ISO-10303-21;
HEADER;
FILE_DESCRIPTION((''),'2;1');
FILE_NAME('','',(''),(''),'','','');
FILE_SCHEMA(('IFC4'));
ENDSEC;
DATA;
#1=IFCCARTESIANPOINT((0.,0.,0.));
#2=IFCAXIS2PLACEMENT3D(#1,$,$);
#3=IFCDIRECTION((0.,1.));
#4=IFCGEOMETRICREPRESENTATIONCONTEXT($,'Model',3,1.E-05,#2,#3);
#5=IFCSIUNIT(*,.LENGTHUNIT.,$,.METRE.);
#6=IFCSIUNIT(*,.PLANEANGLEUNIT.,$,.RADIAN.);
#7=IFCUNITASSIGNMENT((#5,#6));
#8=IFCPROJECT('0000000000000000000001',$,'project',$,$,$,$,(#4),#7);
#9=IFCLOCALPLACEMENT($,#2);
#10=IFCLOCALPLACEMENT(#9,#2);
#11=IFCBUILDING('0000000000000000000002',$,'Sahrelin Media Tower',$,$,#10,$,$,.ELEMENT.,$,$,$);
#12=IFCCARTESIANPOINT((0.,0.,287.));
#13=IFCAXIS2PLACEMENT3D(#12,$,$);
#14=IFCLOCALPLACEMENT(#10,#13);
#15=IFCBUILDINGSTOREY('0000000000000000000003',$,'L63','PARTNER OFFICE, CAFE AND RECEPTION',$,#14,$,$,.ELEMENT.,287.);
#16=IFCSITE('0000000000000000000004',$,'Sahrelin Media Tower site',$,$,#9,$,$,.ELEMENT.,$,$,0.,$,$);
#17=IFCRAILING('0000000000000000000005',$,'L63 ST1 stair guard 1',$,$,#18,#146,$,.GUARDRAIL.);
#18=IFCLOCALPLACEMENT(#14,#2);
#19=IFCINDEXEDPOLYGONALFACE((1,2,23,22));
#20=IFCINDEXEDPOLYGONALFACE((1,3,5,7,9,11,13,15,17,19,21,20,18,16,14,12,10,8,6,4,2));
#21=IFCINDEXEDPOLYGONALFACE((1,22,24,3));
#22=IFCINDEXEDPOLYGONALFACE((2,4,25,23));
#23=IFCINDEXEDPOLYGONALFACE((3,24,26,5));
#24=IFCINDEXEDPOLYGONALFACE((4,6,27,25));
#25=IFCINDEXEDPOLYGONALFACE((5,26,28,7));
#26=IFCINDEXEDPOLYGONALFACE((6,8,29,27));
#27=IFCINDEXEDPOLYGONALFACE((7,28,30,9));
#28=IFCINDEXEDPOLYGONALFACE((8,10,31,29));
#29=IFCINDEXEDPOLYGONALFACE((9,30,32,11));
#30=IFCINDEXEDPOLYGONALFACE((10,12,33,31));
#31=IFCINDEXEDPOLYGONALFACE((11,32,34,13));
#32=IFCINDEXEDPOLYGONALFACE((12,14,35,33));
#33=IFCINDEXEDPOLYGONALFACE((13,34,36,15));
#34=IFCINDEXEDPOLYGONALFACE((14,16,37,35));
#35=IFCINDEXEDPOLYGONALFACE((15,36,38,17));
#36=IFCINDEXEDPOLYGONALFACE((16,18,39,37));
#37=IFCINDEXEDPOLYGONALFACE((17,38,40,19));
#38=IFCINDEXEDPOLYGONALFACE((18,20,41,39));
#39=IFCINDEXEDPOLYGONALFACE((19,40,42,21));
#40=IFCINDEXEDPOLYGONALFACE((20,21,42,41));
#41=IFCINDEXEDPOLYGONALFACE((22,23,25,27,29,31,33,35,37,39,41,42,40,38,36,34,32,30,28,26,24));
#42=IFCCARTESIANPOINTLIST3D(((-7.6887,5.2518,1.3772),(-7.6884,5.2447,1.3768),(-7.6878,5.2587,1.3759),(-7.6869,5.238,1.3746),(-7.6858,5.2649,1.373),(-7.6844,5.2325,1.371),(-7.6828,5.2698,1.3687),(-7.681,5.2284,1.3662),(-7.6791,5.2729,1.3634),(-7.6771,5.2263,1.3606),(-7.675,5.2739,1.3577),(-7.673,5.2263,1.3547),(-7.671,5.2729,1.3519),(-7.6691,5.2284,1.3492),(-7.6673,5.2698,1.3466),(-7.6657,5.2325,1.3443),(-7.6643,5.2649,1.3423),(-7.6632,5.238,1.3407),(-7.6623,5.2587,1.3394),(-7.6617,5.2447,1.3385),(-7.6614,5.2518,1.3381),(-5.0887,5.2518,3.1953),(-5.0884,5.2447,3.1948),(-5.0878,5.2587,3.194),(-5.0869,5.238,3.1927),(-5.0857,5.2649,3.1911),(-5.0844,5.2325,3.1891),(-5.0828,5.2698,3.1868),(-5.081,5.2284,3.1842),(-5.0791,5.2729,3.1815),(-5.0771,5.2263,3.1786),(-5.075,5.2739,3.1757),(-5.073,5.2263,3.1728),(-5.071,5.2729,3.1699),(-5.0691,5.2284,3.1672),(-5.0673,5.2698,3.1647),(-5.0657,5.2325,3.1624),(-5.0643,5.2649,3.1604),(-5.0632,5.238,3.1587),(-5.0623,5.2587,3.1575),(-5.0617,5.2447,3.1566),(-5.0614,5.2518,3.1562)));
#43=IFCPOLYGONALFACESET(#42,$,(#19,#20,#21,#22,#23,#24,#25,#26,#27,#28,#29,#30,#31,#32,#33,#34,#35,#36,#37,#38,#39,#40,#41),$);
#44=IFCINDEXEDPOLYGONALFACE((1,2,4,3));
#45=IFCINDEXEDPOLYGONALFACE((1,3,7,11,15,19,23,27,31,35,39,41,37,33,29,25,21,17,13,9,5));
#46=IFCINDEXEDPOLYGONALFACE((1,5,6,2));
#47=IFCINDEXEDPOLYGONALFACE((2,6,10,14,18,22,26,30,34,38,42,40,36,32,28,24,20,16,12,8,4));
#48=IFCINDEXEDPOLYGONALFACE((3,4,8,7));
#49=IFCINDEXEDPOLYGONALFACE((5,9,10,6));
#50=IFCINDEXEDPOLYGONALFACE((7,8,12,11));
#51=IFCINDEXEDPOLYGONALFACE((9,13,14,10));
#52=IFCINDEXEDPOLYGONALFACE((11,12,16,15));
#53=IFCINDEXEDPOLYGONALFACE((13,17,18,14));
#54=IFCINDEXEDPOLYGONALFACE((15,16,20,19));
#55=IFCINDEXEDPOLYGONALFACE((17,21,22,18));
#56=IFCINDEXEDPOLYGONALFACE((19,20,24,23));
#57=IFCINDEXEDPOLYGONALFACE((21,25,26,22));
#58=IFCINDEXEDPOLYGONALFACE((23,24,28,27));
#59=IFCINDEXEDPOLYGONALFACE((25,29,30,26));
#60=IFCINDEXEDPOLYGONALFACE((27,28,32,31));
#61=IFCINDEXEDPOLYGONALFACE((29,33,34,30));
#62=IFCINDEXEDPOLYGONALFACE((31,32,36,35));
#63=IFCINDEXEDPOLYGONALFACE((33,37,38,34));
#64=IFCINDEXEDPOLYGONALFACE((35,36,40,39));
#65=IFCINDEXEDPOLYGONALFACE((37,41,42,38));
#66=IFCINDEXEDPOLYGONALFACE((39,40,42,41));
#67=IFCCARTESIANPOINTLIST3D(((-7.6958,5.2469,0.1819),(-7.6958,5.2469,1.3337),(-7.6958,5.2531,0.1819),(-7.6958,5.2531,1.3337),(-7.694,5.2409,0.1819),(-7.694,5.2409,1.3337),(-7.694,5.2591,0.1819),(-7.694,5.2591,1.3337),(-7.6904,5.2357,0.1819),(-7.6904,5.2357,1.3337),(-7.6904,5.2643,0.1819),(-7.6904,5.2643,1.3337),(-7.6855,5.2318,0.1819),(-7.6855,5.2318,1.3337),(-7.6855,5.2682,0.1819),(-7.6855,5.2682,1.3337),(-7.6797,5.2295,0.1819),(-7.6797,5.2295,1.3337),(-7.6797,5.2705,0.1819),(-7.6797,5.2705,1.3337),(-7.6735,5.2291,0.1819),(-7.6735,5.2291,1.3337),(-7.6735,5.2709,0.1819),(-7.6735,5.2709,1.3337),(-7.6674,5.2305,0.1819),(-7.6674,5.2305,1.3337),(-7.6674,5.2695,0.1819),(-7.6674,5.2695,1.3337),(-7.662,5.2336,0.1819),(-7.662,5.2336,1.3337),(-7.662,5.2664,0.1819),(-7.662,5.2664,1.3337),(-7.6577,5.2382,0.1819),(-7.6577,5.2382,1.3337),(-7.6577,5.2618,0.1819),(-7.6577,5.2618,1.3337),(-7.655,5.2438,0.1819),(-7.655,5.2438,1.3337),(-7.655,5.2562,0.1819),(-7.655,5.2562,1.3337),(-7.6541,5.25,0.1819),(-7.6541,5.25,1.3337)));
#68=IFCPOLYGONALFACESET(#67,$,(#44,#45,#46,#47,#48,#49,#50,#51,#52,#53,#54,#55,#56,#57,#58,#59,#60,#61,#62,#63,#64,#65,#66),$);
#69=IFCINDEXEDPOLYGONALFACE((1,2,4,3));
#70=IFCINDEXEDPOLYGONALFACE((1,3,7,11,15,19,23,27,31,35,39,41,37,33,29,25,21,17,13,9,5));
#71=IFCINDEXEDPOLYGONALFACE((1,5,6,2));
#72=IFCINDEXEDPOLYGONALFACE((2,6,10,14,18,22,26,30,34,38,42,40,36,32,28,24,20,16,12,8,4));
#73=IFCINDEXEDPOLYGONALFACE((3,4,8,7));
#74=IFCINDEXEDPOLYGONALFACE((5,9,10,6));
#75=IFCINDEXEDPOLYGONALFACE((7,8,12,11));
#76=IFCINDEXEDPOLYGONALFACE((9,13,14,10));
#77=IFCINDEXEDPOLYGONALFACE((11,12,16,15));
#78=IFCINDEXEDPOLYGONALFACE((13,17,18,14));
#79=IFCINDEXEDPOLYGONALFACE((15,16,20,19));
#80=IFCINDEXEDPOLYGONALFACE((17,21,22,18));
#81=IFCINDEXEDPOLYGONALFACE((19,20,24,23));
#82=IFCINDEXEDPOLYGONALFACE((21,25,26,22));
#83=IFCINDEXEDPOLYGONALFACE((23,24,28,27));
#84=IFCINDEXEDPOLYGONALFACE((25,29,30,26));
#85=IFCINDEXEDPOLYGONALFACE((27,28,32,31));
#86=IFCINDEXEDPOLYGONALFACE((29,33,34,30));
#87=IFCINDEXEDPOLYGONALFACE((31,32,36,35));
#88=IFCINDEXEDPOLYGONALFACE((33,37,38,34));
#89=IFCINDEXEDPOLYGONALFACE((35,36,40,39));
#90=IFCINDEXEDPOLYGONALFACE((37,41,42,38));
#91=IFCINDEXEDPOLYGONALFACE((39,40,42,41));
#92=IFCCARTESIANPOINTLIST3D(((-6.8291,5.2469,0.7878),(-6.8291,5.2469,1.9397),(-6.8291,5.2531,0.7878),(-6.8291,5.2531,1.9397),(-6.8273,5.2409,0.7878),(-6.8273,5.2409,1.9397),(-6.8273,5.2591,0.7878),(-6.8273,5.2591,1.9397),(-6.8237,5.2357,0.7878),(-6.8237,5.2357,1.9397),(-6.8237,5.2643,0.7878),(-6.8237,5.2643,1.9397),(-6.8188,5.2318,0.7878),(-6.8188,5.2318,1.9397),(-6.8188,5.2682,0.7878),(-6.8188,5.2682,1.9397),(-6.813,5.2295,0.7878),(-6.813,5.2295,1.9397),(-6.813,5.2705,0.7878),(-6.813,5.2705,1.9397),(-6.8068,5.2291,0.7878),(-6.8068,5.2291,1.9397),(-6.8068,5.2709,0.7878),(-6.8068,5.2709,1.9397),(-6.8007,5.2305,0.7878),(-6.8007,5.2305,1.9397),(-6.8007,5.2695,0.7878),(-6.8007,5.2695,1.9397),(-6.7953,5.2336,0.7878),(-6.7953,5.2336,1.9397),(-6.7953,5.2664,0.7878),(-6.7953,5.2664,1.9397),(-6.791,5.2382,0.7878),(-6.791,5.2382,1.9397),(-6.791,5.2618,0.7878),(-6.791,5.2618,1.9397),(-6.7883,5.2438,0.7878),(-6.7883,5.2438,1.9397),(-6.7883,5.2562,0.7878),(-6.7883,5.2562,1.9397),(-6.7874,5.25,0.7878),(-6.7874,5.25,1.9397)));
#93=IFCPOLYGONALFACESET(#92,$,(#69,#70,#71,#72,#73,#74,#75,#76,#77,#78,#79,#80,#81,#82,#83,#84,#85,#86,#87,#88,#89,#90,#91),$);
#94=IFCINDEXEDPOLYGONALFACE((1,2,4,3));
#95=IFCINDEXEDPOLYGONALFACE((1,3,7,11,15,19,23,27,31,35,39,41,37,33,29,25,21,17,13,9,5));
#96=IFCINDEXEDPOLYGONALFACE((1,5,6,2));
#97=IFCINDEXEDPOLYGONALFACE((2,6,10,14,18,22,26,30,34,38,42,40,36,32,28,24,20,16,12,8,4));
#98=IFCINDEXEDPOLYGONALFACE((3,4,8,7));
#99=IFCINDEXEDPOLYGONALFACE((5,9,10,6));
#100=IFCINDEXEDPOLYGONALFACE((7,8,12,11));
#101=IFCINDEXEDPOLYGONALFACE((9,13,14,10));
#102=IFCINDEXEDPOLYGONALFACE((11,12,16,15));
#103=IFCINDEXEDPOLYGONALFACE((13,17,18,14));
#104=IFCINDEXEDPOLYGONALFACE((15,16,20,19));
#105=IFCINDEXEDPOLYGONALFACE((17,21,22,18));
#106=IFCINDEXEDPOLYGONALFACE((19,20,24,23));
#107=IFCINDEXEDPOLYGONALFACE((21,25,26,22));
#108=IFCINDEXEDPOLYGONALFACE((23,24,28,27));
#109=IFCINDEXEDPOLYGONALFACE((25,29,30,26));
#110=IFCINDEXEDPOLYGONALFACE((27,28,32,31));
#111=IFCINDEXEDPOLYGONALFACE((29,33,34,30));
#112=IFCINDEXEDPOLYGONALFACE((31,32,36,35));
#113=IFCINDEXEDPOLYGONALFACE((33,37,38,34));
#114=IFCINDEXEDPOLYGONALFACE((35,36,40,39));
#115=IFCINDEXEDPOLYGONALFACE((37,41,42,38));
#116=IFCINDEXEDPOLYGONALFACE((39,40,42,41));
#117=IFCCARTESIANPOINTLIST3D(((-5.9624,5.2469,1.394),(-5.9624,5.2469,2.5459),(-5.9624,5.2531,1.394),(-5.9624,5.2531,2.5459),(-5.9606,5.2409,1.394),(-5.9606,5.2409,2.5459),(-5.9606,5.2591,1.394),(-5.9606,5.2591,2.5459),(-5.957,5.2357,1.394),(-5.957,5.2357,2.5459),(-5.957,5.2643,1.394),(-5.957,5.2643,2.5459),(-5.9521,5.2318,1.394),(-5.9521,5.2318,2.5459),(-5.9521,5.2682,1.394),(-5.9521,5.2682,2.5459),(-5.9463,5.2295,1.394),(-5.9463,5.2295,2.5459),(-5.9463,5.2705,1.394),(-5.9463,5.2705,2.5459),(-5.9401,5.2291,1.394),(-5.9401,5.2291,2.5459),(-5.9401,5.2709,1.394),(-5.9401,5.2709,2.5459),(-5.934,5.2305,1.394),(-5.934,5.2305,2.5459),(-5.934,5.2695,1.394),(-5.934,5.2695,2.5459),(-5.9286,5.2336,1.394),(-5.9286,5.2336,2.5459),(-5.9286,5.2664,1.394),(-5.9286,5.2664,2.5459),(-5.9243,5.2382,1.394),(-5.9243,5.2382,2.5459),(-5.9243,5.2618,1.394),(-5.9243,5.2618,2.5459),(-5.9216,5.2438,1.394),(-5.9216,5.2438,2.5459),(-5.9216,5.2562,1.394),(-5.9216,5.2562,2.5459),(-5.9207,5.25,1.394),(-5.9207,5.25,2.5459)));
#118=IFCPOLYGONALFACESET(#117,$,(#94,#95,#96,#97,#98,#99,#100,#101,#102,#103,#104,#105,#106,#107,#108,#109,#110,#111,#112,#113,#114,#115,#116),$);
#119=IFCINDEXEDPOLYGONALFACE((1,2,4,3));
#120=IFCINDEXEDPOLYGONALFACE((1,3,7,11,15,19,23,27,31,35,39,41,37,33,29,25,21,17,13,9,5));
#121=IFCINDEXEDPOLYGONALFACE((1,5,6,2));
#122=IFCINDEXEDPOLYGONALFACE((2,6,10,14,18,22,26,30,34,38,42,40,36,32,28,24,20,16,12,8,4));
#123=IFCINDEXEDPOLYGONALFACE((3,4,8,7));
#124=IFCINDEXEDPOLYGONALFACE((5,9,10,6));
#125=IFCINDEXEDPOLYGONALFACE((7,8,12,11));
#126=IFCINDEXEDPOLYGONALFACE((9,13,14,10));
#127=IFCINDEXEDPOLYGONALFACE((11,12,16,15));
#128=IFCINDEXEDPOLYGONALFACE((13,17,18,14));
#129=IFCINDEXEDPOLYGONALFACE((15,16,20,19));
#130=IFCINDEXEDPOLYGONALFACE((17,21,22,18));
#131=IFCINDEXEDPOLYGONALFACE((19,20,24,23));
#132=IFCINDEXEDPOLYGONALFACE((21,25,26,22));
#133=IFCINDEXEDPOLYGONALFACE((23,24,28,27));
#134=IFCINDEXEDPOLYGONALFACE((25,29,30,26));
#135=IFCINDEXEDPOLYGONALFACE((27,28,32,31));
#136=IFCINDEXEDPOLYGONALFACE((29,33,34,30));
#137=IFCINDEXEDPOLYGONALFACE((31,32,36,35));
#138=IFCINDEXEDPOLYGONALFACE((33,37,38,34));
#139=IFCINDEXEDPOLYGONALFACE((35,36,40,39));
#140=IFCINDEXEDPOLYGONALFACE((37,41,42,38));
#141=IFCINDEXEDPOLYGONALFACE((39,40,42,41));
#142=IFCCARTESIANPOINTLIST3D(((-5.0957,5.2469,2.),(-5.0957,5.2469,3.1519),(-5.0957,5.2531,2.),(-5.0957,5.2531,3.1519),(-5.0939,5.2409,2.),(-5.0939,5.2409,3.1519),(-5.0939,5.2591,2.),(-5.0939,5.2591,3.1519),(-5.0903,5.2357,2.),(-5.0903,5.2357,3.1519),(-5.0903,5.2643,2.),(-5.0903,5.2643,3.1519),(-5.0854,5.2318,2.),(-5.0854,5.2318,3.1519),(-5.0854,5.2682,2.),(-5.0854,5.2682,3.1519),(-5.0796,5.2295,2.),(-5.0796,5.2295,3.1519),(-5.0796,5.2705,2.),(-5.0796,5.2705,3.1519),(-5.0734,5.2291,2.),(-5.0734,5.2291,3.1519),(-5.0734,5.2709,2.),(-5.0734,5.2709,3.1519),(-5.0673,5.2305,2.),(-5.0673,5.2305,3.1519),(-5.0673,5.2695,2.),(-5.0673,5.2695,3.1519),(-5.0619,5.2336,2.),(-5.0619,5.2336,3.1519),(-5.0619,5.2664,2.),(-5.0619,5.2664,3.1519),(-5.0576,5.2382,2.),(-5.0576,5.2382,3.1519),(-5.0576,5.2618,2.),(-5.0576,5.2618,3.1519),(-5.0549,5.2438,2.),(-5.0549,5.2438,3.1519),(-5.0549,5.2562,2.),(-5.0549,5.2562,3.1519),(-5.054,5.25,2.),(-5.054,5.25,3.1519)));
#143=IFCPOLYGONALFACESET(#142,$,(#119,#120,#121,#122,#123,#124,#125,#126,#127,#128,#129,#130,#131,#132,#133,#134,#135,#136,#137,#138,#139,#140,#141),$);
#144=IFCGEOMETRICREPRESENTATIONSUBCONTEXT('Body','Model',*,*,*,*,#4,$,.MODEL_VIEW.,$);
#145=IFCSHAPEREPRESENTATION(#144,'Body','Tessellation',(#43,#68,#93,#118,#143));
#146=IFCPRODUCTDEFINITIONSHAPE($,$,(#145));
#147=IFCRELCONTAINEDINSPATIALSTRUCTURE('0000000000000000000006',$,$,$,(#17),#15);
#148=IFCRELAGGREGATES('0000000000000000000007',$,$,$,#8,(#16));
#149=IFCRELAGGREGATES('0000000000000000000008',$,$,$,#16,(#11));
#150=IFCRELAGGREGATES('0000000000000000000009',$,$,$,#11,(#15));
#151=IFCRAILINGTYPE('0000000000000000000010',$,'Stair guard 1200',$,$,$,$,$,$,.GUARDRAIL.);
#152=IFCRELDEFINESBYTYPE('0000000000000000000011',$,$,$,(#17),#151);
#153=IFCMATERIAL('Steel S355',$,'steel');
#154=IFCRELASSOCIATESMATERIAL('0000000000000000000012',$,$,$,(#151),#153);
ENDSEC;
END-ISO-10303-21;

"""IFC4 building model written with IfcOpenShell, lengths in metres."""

from ifc_helpers import new_model, si_unit, direction, frame, origin, origin_2d, place, context, subcontext, project, spatial, circle, extrude, material, type_object, element, save


model = new_model("IFC4")

# Units and contexts
model_context = context("Model", 3, precision=1e-05, world=origin(), true_north=direction((0.0, 1.0)))
body_context = subcontext(model_context, "Body", "Model", "MODEL_VIEW")
ifc_project = project(units=[si_unit("LENGTHUNIT", "METRE"), si_unit("PLANEANGLEUNIT", "RADIAN")], contexts=[model_context])

# Site, building, storey
site_placement = place(None, origin())
site = spatial("IfcSite", under=ifc_project, at=site_placement, Name="Sahrelin Media Tower site", CompositionType="ELEMENT", RefElevation=0.0)
building_placement = place(site_placement, origin())
building = spatial("IfcBuilding", under=site, at=building_placement, Name="Sahrelin Media Tower", CompositionType="ELEMENT")
storey_placement = place(building_placement, frame((0.0, 0.0, 287.0)))
storey = spatial("IfcBuildingStorey", under=building, at=storey_placement, Name="L63", Description="PARTNER OFFICE, CAFE AND RECEPTION", CompositionType="ELEMENT", Elevation=287.0)

# Shared definitions
ifc_material_1 = material(Name="Steel S355", Category="steel")

# Railing
railing_type_1 = type_object("IfcRailingType", Name="Stair guard 1200", PredefinedType="GUARDRAIL", material=ifc_material_1)
railing_1_placement = place(storey_placement, frame((-7.675, 5.25, 0.1819)))
element("IfcRailing", 1, at=railing_1_placement, inside=storey, type_object=railing_type_1, Name="L63 ST1 stair guard 1", PredefinedType="GUARDRAIL", context=body_context, shape_type="SweptSolid", body=[
    extrude(circle(Radius=0.0239, at=origin_2d()), frame((0.0, 0.0, 1.1758), z_axis=(0.819521, 0.0, 0.573049), x_axis=(0.0, 1.0, 0.0)), (0.0, 0.0, 1.0), 3.1726),
    extrude(circle(Radius=0.021, at=origin_2d()), origin(), (0.0, 0.0, 1.0), 1.1519),
    extrude(circle(Radius=0.021, at=origin_2d()), frame((0.8667, 0.0, 0.606)), (0.0, 0.0, 1.0), 1.1519),
    extrude(circle(Radius=0.021, at=origin_2d()), frame((1.7334, 0.0, 1.2122)), (0.0, 0.0, 1.0), 1.1519),
    extrude(circle(Radius=0.021, at=origin_2d()), frame((2.6001, 0.0, 1.8181)), (0.0, 0.0, 1.0), 1.1519),
])

save(model, "model.ifc")
